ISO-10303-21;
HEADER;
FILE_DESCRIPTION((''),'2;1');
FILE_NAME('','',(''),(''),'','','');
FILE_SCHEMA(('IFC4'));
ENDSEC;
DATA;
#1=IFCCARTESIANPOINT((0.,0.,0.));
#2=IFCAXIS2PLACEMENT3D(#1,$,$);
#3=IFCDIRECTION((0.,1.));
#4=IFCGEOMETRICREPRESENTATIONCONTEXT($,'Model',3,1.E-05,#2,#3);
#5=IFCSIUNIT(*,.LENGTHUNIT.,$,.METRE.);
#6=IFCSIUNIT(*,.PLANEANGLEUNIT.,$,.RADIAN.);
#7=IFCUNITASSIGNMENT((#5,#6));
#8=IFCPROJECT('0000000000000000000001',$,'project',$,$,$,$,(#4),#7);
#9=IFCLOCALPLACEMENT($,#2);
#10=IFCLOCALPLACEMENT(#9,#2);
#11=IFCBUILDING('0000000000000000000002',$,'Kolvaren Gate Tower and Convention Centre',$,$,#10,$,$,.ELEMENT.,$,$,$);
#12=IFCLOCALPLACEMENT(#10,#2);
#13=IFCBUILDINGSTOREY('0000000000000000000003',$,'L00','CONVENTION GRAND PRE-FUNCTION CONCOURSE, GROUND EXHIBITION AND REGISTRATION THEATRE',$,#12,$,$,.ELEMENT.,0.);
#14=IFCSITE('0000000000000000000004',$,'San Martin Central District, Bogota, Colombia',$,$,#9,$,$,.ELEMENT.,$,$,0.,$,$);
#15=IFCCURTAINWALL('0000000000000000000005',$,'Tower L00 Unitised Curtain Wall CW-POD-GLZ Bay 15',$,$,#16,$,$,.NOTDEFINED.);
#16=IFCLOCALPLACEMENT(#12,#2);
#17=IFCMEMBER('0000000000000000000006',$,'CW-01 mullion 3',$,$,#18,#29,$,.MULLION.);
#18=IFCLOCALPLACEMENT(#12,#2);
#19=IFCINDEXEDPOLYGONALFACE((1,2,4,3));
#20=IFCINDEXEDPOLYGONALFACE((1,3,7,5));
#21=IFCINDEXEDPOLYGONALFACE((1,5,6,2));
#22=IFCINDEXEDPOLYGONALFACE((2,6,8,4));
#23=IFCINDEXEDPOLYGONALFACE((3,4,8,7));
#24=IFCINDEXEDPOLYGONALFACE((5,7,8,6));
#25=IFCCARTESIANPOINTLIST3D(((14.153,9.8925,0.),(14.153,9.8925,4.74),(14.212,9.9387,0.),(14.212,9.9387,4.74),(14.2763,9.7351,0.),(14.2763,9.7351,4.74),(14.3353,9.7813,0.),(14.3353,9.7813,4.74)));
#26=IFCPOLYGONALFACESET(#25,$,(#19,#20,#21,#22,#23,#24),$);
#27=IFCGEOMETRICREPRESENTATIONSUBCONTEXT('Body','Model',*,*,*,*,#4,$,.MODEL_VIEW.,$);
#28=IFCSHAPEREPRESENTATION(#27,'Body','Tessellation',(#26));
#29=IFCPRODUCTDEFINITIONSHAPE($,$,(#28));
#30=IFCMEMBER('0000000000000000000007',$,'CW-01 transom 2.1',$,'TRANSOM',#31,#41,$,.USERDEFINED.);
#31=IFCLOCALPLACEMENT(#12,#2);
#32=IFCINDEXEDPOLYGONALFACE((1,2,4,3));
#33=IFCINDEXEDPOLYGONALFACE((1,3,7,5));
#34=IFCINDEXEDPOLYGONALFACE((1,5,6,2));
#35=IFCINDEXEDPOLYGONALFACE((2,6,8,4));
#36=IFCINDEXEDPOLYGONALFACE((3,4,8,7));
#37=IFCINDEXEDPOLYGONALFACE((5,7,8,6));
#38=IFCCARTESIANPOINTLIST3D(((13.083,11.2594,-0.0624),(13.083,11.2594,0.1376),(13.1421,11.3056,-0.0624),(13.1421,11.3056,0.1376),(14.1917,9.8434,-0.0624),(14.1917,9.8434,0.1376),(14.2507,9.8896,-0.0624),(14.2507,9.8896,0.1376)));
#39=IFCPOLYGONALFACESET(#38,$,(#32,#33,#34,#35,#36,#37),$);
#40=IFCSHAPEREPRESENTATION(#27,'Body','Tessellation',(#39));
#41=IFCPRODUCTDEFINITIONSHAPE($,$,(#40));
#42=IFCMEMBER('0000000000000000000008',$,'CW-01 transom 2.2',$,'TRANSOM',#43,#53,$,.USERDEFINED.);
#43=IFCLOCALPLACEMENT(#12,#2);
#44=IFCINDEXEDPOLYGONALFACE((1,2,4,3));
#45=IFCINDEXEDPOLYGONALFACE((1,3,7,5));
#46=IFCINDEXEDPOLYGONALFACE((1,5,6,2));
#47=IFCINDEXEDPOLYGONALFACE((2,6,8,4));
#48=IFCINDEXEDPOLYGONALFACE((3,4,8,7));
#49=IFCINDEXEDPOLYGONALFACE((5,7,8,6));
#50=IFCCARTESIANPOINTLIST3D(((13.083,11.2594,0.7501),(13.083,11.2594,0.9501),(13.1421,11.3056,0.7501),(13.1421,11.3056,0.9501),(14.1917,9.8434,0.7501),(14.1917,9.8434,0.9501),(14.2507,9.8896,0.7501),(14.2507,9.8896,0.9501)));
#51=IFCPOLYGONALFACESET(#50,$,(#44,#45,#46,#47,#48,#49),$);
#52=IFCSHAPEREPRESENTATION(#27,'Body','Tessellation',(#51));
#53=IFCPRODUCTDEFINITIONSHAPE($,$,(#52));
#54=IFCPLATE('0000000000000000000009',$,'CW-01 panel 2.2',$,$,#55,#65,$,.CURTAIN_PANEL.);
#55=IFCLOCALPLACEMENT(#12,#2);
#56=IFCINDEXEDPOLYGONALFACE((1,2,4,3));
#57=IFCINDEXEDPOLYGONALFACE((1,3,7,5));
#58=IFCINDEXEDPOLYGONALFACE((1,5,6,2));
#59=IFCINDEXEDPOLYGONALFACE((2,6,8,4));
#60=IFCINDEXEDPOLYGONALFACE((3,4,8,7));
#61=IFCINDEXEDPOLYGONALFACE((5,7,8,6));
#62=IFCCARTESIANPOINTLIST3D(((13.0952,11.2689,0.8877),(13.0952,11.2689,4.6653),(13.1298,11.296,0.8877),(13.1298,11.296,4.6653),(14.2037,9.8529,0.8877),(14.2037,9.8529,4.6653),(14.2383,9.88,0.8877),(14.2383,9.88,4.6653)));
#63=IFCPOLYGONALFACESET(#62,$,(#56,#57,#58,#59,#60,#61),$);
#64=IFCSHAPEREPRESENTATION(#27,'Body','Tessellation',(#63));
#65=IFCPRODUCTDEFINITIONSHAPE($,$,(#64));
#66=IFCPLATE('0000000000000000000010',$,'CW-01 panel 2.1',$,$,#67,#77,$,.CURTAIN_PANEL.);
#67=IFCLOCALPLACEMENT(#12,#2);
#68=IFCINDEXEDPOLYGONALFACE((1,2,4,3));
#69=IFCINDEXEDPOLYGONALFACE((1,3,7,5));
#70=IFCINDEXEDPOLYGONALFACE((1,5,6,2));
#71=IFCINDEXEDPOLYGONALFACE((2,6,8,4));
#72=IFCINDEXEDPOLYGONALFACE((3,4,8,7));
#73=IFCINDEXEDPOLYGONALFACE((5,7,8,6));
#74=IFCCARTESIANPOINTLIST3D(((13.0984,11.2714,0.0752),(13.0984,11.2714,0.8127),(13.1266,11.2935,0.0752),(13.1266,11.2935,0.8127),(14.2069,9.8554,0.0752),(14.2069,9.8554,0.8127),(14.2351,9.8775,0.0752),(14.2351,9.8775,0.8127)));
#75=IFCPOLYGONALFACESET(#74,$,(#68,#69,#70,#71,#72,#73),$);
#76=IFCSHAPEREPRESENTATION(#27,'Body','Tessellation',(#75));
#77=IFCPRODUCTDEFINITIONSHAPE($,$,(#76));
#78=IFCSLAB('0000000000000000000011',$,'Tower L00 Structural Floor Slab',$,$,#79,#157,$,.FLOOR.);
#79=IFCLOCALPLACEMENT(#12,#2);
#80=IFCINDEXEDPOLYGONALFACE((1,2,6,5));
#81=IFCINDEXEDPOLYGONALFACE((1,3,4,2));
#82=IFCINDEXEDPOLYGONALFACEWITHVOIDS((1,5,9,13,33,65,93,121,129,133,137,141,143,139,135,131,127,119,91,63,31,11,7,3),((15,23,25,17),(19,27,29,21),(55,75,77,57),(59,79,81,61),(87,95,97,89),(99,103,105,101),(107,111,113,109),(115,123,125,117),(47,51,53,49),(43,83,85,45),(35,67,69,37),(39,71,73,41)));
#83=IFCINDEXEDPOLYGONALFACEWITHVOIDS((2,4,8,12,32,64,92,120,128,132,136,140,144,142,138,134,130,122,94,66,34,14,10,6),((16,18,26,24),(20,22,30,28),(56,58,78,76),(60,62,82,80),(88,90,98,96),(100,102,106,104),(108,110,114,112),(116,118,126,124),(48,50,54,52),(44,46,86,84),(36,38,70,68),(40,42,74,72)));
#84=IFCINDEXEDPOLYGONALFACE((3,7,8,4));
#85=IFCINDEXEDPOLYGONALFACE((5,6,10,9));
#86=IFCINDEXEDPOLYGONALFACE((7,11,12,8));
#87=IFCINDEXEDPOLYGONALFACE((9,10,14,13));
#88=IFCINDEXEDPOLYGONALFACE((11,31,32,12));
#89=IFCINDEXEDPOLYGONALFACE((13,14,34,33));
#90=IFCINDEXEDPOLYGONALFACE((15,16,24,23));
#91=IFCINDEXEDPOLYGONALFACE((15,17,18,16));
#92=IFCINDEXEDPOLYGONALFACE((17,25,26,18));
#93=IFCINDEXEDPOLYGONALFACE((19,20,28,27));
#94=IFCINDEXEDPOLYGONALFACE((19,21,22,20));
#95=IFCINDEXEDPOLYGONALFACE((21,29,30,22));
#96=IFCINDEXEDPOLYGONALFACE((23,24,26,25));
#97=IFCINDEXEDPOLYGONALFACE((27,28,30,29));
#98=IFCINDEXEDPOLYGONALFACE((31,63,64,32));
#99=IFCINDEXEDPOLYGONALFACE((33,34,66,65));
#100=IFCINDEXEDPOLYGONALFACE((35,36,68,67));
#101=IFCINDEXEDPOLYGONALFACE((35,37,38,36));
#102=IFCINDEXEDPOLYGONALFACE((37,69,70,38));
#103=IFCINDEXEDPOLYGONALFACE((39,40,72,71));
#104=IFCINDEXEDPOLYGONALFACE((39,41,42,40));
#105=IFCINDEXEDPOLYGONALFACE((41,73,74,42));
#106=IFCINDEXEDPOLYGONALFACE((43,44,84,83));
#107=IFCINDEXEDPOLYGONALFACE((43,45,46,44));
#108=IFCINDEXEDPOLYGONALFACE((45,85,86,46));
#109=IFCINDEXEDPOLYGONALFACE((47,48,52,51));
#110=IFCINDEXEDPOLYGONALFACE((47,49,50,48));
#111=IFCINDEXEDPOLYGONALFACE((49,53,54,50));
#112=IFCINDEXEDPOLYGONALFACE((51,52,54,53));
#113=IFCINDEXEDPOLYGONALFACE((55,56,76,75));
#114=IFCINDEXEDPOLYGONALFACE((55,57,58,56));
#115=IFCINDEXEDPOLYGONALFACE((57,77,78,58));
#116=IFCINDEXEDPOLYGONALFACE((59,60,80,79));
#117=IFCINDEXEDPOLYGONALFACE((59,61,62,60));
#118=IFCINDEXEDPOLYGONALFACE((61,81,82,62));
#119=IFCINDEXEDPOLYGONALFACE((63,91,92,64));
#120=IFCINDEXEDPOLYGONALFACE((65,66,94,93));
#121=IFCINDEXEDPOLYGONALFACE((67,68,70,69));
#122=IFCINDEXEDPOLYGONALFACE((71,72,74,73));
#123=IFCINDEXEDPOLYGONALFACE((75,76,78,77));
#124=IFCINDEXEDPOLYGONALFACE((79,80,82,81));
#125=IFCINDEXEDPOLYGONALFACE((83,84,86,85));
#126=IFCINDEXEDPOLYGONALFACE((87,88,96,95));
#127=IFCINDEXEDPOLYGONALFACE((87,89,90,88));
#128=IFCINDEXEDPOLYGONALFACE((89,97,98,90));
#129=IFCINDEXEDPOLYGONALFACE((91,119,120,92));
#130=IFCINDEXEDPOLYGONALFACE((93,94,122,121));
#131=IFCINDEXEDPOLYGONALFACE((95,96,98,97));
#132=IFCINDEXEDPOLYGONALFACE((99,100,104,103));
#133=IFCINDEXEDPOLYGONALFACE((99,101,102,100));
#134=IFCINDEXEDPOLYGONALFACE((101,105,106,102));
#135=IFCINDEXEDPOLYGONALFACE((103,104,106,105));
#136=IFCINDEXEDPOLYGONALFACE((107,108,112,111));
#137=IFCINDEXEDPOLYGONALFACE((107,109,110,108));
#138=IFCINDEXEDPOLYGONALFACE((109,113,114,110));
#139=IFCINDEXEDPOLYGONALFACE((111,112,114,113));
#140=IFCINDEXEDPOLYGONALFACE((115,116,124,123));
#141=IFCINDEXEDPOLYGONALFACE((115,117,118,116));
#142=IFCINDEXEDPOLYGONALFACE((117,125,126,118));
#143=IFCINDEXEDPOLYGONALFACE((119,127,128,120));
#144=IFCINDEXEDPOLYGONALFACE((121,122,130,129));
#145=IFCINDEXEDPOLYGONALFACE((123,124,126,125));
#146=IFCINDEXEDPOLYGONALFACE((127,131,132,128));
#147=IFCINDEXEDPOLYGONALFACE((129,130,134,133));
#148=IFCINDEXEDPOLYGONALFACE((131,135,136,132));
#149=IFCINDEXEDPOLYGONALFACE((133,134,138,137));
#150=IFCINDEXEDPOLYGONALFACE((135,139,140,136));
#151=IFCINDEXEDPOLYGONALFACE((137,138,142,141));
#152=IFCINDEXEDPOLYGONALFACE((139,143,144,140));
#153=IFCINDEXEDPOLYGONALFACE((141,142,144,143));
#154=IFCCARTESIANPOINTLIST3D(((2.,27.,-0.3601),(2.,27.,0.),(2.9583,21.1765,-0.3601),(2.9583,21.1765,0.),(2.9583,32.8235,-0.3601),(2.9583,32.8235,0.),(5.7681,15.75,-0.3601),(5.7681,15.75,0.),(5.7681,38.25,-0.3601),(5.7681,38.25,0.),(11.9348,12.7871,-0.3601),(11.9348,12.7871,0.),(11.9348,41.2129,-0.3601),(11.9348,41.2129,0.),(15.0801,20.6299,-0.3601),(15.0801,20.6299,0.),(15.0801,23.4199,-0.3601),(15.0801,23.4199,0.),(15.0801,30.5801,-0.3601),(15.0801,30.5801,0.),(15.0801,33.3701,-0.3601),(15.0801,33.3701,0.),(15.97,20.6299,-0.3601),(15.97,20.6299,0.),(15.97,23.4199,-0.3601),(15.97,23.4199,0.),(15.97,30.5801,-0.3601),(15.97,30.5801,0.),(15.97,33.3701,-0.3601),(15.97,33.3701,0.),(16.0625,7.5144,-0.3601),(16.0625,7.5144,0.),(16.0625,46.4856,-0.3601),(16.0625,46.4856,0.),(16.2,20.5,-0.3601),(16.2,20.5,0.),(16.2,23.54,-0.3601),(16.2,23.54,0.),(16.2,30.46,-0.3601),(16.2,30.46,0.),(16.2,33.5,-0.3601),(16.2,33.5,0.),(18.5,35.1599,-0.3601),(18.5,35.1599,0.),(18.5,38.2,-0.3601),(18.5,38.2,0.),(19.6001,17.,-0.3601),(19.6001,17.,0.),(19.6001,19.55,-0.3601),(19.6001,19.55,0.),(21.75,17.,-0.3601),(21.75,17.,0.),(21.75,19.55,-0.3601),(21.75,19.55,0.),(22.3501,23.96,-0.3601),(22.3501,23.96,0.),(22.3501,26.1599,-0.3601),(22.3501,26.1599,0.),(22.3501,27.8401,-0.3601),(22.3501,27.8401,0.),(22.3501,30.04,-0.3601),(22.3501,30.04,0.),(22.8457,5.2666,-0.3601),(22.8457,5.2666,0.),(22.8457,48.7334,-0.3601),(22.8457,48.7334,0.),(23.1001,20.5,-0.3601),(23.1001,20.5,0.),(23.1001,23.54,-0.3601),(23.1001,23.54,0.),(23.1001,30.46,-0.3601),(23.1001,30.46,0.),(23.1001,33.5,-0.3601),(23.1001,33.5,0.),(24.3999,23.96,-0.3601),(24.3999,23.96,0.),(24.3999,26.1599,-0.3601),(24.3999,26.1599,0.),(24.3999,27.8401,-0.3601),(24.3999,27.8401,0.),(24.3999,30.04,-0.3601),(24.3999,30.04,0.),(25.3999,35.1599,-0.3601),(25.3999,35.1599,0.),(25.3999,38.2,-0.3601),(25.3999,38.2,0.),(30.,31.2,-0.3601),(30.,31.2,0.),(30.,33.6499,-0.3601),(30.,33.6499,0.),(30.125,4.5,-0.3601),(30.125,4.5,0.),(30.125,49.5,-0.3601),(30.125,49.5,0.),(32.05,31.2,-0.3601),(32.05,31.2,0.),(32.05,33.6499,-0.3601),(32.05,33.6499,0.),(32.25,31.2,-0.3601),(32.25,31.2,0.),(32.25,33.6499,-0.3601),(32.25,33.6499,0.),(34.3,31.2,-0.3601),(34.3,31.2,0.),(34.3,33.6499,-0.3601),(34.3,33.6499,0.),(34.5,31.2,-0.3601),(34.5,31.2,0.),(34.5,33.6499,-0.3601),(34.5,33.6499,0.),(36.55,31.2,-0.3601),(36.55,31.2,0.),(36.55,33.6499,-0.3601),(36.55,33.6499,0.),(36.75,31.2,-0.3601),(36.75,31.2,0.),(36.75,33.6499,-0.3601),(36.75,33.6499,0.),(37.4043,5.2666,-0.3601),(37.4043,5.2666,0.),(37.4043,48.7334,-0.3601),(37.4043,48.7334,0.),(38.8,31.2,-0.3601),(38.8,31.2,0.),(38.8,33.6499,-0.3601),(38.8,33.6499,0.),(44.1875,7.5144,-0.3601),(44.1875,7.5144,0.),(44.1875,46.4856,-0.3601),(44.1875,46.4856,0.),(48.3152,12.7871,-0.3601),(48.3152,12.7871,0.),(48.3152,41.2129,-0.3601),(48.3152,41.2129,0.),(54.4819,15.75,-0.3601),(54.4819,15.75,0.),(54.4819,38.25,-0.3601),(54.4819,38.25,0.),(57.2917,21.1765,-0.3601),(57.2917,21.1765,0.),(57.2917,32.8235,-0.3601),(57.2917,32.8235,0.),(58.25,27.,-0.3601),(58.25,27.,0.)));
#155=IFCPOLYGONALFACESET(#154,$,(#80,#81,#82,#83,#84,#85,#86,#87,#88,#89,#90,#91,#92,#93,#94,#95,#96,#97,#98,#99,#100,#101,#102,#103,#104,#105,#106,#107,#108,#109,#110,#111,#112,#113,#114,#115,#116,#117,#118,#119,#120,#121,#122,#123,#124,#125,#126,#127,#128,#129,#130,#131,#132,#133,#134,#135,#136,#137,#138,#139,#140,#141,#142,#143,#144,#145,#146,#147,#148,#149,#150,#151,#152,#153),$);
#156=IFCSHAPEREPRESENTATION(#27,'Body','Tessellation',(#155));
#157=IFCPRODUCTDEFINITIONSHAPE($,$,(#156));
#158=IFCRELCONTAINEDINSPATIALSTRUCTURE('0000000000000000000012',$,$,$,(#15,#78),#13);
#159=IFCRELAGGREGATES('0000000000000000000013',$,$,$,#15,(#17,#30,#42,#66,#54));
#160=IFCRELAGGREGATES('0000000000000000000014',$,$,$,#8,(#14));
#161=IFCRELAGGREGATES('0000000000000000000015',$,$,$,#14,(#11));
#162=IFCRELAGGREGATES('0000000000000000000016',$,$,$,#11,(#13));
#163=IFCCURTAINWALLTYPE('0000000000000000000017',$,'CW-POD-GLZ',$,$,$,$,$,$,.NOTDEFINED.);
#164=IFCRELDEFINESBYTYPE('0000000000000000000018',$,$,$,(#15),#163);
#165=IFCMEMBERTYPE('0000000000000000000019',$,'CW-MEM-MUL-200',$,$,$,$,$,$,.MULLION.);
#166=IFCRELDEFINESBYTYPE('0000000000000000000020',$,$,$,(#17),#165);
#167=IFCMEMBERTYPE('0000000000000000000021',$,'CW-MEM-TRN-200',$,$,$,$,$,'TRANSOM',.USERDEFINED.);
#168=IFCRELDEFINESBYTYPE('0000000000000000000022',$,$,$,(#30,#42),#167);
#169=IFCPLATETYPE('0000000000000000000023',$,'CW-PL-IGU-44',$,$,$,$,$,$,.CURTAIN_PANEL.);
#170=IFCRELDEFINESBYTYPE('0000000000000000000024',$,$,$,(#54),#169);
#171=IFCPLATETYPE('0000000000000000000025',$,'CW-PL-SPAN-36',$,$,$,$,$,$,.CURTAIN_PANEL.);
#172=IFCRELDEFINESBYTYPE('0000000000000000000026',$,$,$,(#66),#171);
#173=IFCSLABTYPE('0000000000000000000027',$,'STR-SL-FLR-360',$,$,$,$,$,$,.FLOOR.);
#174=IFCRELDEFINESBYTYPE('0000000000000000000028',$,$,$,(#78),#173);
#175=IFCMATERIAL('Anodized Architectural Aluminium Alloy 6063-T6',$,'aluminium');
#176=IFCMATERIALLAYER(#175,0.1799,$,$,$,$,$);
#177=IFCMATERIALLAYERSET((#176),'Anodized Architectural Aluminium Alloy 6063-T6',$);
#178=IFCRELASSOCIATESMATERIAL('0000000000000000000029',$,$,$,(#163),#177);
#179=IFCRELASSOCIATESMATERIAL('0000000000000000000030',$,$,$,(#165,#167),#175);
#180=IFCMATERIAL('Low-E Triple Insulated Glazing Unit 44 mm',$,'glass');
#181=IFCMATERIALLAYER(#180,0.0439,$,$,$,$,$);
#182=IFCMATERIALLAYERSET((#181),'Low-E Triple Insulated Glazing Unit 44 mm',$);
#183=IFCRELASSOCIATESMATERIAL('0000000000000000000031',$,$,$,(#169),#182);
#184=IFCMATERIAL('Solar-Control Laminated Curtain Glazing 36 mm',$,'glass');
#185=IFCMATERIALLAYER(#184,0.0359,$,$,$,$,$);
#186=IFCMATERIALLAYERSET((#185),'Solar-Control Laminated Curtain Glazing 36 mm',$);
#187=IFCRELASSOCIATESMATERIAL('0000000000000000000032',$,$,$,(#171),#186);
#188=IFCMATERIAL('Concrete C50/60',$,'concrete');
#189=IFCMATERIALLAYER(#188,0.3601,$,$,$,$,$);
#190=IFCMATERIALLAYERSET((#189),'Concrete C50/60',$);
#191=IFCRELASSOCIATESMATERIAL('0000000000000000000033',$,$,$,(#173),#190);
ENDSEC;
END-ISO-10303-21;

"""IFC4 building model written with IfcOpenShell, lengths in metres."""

from ifc_helpers import new_model, si_unit, direction, frame, origin, origin_2d, place, context, subcontext, project, spatial, polyline, rectangle, outline, extrude, material, layer, layer_set, material_profile, profile_set, type_object, element, aggregate, save


model = new_model("IFC4")

# Units and contexts
model_context = context("Model", 3, precision=1e-05, world=origin(), true_north=direction((0.0, 1.0)))
body_context = subcontext(model_context, "Body", "Model", "MODEL_VIEW")
ifc_project = project(units=[si_unit("LENGTHUNIT", "METRE"), si_unit("PLANEANGLEUNIT", "RADIAN")], contexts=[model_context])

# Site, building, storey
site_placement = place(None, origin())
site = spatial("IfcSite", under=ifc_project, at=site_placement, Name="San Martin Central District, Bogota, Colombia", CompositionType="ELEMENT", RefElevation=0.0)
building_placement = place(site_placement, origin())
building = spatial("IfcBuilding", under=site, at=building_placement, Name="Kolvaren Gate Tower and Convention Centre", CompositionType="ELEMENT")
storey_placement = place(building_placement, origin())
storey = spatial("IfcBuildingStorey", under=building, at=storey_placement, Name="L00", Description="CONVENTION GRAND PRE-FUNCTION CONCOURSE, GROUND EXHIBITION AND REGISTRATION THEATRE", CompositionType="ELEMENT", Elevation=0.0)

# Curtain wall, members, plates
ifc_material_1 = material(Name="Anodized Architectural Aluminium Alloy 6063-T6", Category="aluminium")
ifc_layer_1 = layer(ifc_material_1, 0.1799)
ifc_layer_set_1 = layer_set([ifc_layer_1], Name="Anodized Architectural Aluminium Alloy 6063-T6")
curtain_wall_type = type_object("IfcCurtainWallType", Name="CW-POD-GLZ", PredefinedType="NOTDEFINED", material=ifc_layer_set_1)
curtain_wall_placement = place(storey_placement, origin())
curtain_wall = element("IfcCurtainWall", 1, at=curtain_wall_placement, inside=storey, type_object=curtain_wall_type, Name="Tower L00 Unitised Curtain Wall CW-POD-GLZ Bay 15", PredefinedType="NOTDEFINED")
ifc_material_profile_1 = material_profile(ifc_material_1, rectangle(XDim=0.075, YDim=0.2, at=origin_2d()), Name="CW-MEM-MUL-200")
ifc_profile_set_1 = profile_set([ifc_material_profile_1], Name="Anodized Architectural Aluminium Alloy 6063-T6")
member_type_1 = type_object("IfcMemberType", Name="CW-MEM-MUL-200", PredefinedType="MULLION", material=ifc_profile_set_1)
member_1_placement = place(storey_placement, frame((14.2441, 9.8369, 0.0), z_axis=(0.0, 0.0, 1.0), x_axis=(0.787417, 0.616421, 0.0)))
member_1 = element("IfcMember", 2, at=member_1_placement, type_object=member_type_1, Name="CW-01 mullion 3", PredefinedType="MULLION", context=body_context, shape_type="SweptSolid", body=[
    extrude(rectangle(XDim=0.075, YDim=0.2, at=origin_2d()), origin(), (0.0, 0.0, 1.0), 4.74),
])
ifc_material_profile_2 = material_profile(ifc_material_1, rectangle(XDim=0.075, YDim=0.2, at=origin_2d()), Name="CW-MEM-TRN-200")
ifc_profile_set_2 = profile_set([ifc_material_profile_2], Name="Anodized Architectural Aluminium Alloy 6063-T6")
member_type_2 = type_object("IfcMemberType", Name="CW-MEM-TRN-200", ElementType="TRANSOM", PredefinedType="USERDEFINED", material=ifc_profile_set_2)
member_2_placement = place(storey_placement, frame((13.1125, 11.2825, 0.0376), z_axis=(0.616466, -0.787382, 0.0), x_axis=(0.787382, 0.616466, 0.0)))
member_2 = element("IfcMember", 3, at=member_2_placement, type_object=member_type_2, Name="CW-01 transom 2.1", ObjectType="TRANSOM", PredefinedType="USERDEFINED", context=body_context, shape_type="SweptSolid", body=[
    extrude(rectangle(XDim=0.075, YDim=0.2, at=origin_2d()), origin(), (0.0, 0.0, 1.0), 1.7983),
])
member_3_placement = place(storey_placement, frame((13.1125, 11.2825, 0.8501), z_axis=(0.616466, -0.787382, 0.0), x_axis=(0.787382, 0.616466, 0.0)))
member_3 = element("IfcMember", 4, at=member_3_placement, type_object=member_type_2, Name="CW-01 transom 2.2", ObjectType="TRANSOM", PredefinedType="USERDEFINED", context=body_context, shape_type="SweptSolid", body=[
    extrude(rectangle(XDim=0.075, YDim=0.2, at=origin_2d()), origin(), (0.0, 0.0, 1.0), 1.7983),
])
ifc_material_2 = material(Name="Low-E Triple Insulated Glazing Unit 44 mm", Category="glass")
ifc_layer_2 = layer(ifc_material_2, 0.0439)
ifc_layer_set_2 = layer_set([ifc_layer_2], Name="Low-E Triple Insulated Glazing Unit 44 mm")
plate_type_1 = type_object("IfcPlateType", Name="CW-PL-IGU-44", PredefinedType="CURTAIN_PANEL", material=ifc_layer_set_2)
plate_1_placement = place(storey_placement, frame((13.6667, 10.5745, 0.8877), z_axis=(0.0, 0.0, 1.0), x_axis=(0.616421, -0.787417, 0.0)))
plate_1 = element("IfcPlate", 5, at=plate_1_placement, type_object=plate_type_1, Name="CW-01 panel 2.2", PredefinedType="CURTAIN_PANEL", context=body_context, shape_type="SweptSolid", body=[
    extrude(rectangle(XDim=1.7983, YDim=0.0439, at=origin_2d()), origin(), (0.0, 0.0, 1.0), 3.7776),
])
ifc_material_3 = material(Name="Solar-Control Laminated Curtain Glazing 36 mm", Category="glass")
ifc_layer_3 = layer(ifc_material_3, 0.0359)
ifc_layer_set_3 = layer_set([ifc_layer_3], Name="Solar-Control Laminated Curtain Glazing 36 mm")
plate_type_2 = type_object("IfcPlateType", Name="CW-PL-SPAN-36", PredefinedType="CURTAIN_PANEL", material=ifc_layer_set_3)
plate_2_placement = place(storey_placement, frame((13.6667, 10.5745, 0.0752), z_axis=(0.0, 0.0, 1.0), x_axis=(0.616421, -0.787417, 0.0)))
plate_2 = element("IfcPlate", 6, at=plate_2_placement, type_object=plate_type_2, Name="CW-01 panel 2.1", PredefinedType="CURTAIN_PANEL", context=body_context, shape_type="SweptSolid", body=[
    extrude(rectangle(XDim=1.7983, YDim=0.0359, at=origin_2d()), origin(), (0.0, 0.0, 1.0), 0.7375),
])
aggregate(curtain_wall, [member_1, member_2, member_3, plate_2, plate_1])

# Slab
ifc_material_4 = material(Name="Concrete C50/60", Category="concrete")
ifc_layer_4 = layer(ifc_material_4, 0.3601)
ifc_layer_set_4 = layer_set([ifc_layer_4], Name="Concrete C50/60")
slab_type_1 = type_object("IfcSlabType", Name="STR-SL-FLR-360", PredefinedType="FLOOR", material=ifc_layer_set_4)
slab_1_placement = place(storey_placement, frame((0.0, 0.0, -0.3601)))
element("IfcSlab", 7, at=slab_1_placement, inside=storey, type_object=slab_type_1, Name="Tower L00 Structural Floor Slab", PredefinedType="FLOOR", context=body_context, shape_type="SweptSolid", body=[
    extrude(outline(polyline([(58.25, 27.0), (57.2917, 32.8235), (54.4819, 38.25), (48.3152, 41.2129), (44.1875, 46.4856), (37.4043, 48.7334), (30.125, 49.5), (22.8457, 48.7334), (16.0625, 46.4856), (11.9348, 41.2129), (5.7681, 38.25), (2.9583, 32.8235), (2.0, 27.0), (2.9583, 21.1765), (5.7681, 15.75), (11.9348, 12.7871), (16.0625, 7.5144), (22.8457, 5.2666), (30.125, 4.5), (37.4043, 5.2666), (44.1875, 7.5144), (48.3152, 12.7871), (54.4819, 15.75), (57.2917, 21.1765), (58.25, 27.0)]), holes=[polyline([(36.75, 31.2), (36.75, 33.6499), (38.8, 33.6499), (38.8, 31.2), (36.75, 31.2)]), polyline([(34.5, 31.2), (34.5, 33.6499), (36.55, 33.6499), (36.55, 31.2), (34.5, 31.2)]), polyline([(34.3, 31.2), (32.25, 31.2), (32.25, 33.6499), (34.3, 33.6499), (34.3, 31.2)]), polyline([(30.0, 31.2), (30.0, 33.6499), (32.05, 33.6499), (32.05, 31.2), (30.0, 31.2)]), polyline([(25.3999, 38.2), (25.3999, 35.1599), (18.5, 35.1599), (18.5, 38.2), (25.3999, 38.2)]), polyline([(22.3501, 27.8401), (22.3501, 30.04), (24.3999, 30.04), (24.3999, 27.8401), (22.3501, 27.8401)]), polyline([(24.3999, 23.96), (22.3501, 23.96), (22.3501, 26.1599), (24.3999, 26.1599), (24.3999, 23.96)]), polyline([(23.1001, 23.54), (23.1001, 20.5), (16.2, 20.5), (16.2, 23.54), (23.1001, 23.54)]), polyline([(23.1001, 33.5), (23.1001, 30.46), (16.2, 30.46), (16.2, 33.5), (23.1001, 33.5)]), polyline([(21.75, 17.0), (19.6001, 17.0), (19.6001, 19.55), (21.75, 19.55), (21.75, 17.0)]), polyline([(15.0801, 20.6299), (15.0801, 23.4199), (15.97, 23.4199), (15.97, 20.6299), (15.0801, 20.6299)]), polyline([(15.97, 30.5801), (15.0801, 30.5801), (15.0801, 33.3701), (15.97, 33.3701), (15.97, 30.5801)])]), origin(), (0.0, 0.0, 1.0), 0.3601),
])

save(model, "model.ifc")
